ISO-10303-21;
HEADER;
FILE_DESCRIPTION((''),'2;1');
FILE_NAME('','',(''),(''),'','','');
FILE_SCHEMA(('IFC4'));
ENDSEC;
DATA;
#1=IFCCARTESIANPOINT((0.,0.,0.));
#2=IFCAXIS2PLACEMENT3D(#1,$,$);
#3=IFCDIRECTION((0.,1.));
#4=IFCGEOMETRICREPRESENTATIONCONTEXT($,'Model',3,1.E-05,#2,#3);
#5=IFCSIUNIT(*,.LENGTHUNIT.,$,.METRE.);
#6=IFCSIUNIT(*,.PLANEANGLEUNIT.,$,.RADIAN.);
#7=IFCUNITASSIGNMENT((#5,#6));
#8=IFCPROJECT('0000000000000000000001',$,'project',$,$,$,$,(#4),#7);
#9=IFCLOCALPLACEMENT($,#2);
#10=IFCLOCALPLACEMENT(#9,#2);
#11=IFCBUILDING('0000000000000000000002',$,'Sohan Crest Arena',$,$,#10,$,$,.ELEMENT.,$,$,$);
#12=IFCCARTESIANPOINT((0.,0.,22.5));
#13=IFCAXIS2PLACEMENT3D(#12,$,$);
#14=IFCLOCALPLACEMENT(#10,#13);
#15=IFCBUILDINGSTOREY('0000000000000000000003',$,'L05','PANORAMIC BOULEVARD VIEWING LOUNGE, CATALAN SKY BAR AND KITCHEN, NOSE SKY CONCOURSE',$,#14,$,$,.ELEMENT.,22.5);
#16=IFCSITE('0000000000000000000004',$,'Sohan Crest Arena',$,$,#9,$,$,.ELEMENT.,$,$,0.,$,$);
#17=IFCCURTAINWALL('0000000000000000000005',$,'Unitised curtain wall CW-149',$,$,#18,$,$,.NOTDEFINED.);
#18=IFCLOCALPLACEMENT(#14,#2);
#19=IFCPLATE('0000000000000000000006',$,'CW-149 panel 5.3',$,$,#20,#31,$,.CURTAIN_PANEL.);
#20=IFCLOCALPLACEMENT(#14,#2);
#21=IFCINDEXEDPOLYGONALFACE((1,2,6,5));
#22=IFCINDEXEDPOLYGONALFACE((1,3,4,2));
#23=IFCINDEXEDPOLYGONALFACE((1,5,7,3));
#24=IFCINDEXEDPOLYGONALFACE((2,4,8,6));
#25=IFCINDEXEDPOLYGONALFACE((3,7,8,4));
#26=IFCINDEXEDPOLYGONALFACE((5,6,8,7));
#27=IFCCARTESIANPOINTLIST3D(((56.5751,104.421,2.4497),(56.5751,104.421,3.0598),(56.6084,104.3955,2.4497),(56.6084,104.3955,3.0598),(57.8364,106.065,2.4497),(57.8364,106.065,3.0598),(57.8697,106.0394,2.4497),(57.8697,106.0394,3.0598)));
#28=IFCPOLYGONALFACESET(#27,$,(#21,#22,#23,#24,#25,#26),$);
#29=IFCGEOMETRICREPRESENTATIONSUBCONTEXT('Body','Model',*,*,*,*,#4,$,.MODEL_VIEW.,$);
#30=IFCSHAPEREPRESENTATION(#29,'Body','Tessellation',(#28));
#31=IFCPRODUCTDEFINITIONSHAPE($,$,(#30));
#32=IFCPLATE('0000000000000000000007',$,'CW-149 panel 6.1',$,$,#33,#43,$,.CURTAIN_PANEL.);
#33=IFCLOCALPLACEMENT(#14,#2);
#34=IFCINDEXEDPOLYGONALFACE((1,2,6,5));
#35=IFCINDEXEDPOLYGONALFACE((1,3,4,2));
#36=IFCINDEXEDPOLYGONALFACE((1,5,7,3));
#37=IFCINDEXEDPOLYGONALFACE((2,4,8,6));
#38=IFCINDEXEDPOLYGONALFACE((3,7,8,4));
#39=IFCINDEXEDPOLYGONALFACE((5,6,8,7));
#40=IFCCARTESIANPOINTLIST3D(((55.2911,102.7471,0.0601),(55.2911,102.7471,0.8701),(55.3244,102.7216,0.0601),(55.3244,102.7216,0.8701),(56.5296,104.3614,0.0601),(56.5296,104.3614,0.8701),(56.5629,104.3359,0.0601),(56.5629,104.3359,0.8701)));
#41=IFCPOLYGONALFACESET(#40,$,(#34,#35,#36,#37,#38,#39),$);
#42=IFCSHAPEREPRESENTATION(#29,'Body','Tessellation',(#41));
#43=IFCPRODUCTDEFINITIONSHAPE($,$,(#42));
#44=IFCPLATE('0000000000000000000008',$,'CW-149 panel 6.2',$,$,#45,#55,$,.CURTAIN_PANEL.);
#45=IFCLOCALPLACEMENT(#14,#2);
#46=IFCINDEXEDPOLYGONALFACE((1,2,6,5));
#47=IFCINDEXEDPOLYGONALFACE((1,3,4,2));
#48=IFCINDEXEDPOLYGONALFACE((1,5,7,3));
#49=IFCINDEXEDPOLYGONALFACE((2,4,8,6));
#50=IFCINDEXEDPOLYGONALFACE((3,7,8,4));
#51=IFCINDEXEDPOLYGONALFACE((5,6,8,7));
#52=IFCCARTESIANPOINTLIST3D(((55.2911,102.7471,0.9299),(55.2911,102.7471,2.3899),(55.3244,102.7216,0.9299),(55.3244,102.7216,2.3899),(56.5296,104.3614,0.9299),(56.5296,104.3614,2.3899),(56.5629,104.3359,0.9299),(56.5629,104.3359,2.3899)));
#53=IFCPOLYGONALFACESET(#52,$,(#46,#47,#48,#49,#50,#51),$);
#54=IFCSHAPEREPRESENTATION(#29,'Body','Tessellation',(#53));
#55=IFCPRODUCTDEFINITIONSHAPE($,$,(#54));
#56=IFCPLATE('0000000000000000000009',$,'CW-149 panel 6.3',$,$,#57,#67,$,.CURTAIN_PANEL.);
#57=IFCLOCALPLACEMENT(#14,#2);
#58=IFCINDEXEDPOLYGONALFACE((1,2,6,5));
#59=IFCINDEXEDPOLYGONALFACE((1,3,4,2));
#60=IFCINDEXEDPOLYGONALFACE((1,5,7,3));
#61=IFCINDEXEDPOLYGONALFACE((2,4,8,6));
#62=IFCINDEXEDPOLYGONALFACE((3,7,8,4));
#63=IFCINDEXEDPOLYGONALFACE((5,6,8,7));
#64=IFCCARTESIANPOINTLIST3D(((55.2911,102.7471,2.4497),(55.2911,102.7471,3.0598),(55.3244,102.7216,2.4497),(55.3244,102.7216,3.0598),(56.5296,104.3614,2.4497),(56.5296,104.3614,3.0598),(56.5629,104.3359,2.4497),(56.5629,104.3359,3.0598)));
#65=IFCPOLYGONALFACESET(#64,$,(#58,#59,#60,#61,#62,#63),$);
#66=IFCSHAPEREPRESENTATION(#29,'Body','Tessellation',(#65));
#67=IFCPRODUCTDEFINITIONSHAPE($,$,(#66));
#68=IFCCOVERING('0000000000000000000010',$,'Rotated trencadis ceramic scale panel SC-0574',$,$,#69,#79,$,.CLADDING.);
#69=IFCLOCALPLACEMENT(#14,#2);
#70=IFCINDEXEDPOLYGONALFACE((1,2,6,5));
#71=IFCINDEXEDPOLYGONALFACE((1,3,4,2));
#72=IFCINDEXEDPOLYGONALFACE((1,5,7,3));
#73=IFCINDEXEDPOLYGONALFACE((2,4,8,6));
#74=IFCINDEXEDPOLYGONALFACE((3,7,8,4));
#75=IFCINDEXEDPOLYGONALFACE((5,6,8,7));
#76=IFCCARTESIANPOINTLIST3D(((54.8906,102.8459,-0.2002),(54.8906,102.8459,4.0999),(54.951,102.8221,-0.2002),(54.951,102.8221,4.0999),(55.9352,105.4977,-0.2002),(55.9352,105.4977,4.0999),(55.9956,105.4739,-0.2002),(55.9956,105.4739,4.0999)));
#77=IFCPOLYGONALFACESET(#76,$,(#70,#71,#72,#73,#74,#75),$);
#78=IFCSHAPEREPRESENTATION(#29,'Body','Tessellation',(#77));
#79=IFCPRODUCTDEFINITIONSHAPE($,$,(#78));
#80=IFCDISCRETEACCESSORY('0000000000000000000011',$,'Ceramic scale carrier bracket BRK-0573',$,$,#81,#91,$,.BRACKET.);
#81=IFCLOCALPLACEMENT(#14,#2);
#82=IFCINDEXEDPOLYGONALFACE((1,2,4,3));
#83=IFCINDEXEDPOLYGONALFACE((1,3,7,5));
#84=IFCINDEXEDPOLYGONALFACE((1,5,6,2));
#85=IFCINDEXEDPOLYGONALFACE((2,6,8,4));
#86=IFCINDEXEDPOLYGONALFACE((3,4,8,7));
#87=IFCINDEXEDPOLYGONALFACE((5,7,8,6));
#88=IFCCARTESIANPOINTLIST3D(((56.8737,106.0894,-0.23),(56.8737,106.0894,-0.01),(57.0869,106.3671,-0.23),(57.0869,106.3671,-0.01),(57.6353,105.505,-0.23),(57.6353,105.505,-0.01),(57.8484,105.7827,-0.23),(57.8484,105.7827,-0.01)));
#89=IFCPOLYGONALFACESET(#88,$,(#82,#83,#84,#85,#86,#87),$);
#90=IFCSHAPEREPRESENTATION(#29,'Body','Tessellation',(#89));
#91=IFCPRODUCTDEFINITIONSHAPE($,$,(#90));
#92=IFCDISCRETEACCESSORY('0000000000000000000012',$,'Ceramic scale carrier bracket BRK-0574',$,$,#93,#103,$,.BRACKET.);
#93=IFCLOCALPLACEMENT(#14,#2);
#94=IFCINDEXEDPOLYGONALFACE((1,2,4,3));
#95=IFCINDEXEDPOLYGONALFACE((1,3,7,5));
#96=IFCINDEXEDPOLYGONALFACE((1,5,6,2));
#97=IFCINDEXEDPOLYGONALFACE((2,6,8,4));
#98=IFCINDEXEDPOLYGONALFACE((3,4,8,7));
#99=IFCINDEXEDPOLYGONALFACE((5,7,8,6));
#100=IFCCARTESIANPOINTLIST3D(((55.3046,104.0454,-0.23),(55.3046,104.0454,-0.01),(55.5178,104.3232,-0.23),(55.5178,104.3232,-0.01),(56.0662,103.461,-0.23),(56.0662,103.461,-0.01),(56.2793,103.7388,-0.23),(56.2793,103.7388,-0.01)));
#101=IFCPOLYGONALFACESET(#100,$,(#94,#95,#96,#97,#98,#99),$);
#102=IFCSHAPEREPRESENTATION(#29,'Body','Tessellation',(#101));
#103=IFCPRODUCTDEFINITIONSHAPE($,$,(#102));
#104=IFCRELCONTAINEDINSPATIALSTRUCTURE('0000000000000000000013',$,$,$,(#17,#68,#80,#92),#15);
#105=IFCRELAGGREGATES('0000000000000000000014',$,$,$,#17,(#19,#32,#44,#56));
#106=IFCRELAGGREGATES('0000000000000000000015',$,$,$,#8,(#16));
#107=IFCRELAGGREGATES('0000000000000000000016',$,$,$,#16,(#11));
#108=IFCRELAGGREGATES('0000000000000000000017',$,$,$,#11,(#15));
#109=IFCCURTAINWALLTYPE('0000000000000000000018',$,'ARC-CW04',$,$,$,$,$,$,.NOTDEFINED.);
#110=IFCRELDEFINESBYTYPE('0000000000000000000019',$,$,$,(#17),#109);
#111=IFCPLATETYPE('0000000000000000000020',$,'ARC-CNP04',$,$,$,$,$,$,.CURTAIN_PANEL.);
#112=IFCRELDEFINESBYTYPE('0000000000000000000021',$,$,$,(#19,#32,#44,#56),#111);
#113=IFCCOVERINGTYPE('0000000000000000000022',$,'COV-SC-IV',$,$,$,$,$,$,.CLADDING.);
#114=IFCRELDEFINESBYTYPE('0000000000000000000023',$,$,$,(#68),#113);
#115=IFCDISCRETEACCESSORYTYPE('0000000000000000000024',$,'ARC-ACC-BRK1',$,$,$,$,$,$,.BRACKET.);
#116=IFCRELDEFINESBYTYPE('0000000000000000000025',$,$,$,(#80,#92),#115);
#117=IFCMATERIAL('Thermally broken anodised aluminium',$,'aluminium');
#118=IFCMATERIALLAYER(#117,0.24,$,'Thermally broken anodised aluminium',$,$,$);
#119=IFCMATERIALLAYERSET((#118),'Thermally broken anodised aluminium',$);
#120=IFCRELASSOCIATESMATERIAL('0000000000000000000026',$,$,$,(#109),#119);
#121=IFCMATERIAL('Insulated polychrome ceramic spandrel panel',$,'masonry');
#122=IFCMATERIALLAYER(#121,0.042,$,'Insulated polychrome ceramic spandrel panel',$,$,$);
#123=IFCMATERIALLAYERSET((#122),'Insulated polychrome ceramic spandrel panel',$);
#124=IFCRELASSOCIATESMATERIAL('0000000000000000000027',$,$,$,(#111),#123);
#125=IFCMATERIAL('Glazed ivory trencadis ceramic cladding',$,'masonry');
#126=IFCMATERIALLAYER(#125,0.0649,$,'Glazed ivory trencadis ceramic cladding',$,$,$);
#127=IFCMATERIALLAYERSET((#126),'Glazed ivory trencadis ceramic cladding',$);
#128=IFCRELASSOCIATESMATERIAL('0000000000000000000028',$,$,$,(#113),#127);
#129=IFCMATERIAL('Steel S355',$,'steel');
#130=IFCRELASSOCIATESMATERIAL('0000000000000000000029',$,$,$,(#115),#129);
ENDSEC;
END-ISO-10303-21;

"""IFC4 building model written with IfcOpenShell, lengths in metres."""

from ifc_helpers import new_model, si_unit, direction, frame, origin, origin_2d, place, context, subcontext, project, spatial, rectangle, extrude, material, layer, layer_set, type_object, element, aggregate, save


model = new_model("IFC4")

# Units and contexts
model_context = context("Model", 3, precision=1e-05, world=origin(), true_north=direction((0.0, 1.0)))
body_context = subcontext(model_context, "Body", "Model", "MODEL_VIEW")
ifc_project = project(units=[si_unit("LENGTHUNIT", "METRE"), si_unit("PLANEANGLEUNIT", "RADIAN")], contexts=[model_context])

# Site, building, storey
site_placement = place(None, origin())
site = spatial("IfcSite", under=ifc_project, at=site_placement, Name="Sohan Crest Arena", CompositionType="ELEMENT", RefElevation=0.0)
building_placement = place(site_placement, origin())
building = spatial("IfcBuilding", under=site, at=building_placement, Name="Sohan Crest Arena", CompositionType="ELEMENT")
storey_placement = place(building_placement, frame((0.0, 0.0, 22.5)))
storey = spatial("IfcBuildingStorey", under=building, at=storey_placement, Name="L05", Description="PANORAMIC BOULEVARD VIEWING LOUNGE, CATALAN SKY BAR AND KITCHEN, NOSE SKY CONCOURSE", CompositionType="ELEMENT", Elevation=22.5)

# Shared definitions
ifc_material_1 = material(Name="Thermally broken anodised aluminium", Category="aluminium")

# Curtain wall
ifc_layer_1 = layer(ifc_material_1, 0.24, Name="Thermally broken anodised aluminium")
ifc_layer_set_1 = layer_set([ifc_layer_1], Name="Thermally broken anodised aluminium")
curtain_wall_type_1 = type_object("IfcCurtainWallType", Name="ARC-CW04", PredefinedType="NOTDEFINED", material=ifc_layer_set_1)
curtain_wall_1_placement = place(storey_placement, origin())
curtain_wall_1 = element("IfcCurtainWall", 1, at=curtain_wall_1_placement, inside=storey, type_object=curtain_wall_type_1, Name="Unitised curtain wall CW-149", PredefinedType="NOTDEFINED")

# Plates
ifc_material_2 = material(Name="Insulated polychrome ceramic spandrel panel", Category="masonry")
ifc_layer_2 = layer(ifc_material_2, 0.042, Name="Insulated polychrome ceramic spandrel panel")
ifc_layer_set_2 = layer_set([ifc_layer_2], Name="Insulated polychrome ceramic spandrel panel")
plate_type = type_object("IfcPlateType", Name="ARC-CNP04", PredefinedType="CURTAIN_PANEL", material=ifc_layer_set_2)
plate_1_placement = place(storey_placement, frame((57.2224, 105.2302, 2.4497), z_axis=(0.0, 0.0, 1.0), x_axis=(-0.60872, -0.793385, 0.0)))
plate_1 = element("IfcPlate", 2, at=plate_1_placement, type_object=plate_type, Name="CW-149 panel 5.3", PredefinedType="CURTAIN_PANEL", context=body_context, shape_type="SweptSolid", body=[
    extrude(rectangle(XDim=2.072, YDim=0.042, at=origin_2d()), origin(), (0.0, 0.0, 1.0), 0.6101),
])
plate_2_placement = place(storey_placement, frame((55.927, 103.5415, 0.0601), z_axis=(0.0, 0.0, 1.0), x_axis=(-0.60872, -0.793385, 0.0)))
plate_2 = element("IfcPlate", 3, at=plate_2_placement, type_object=plate_type, Name="CW-149 panel 6.1", PredefinedType="CURTAIN_PANEL", context=body_context, shape_type="SweptSolid", body=[
    extrude(rectangle(XDim=2.0347, YDim=0.042, at=origin_2d()), origin(), (0.0, 0.0, 1.0), 0.8101),
])
plate_3_placement = place(storey_placement, frame((55.927, 103.5415, 0.9299), z_axis=(0.0, 0.0, 1.0), x_axis=(-0.60872, -0.793385, 0.0)))
plate_3 = element("IfcPlate", 4, at=plate_3_placement, type_object=plate_type, Name="CW-149 panel 6.2", PredefinedType="CURTAIN_PANEL", context=body_context, shape_type="SweptSolid", body=[
    extrude(rectangle(XDim=2.0347, YDim=0.042, at=origin_2d()), origin(), (0.0, 0.0, 1.0), 1.46),
])
plate_4_placement = place(storey_placement, frame((55.927, 103.5415, 2.4497), z_axis=(0.0, 0.0, 1.0), x_axis=(-0.60872, -0.793385, 0.0)))
plate_4 = element("IfcPlate", 5, at=plate_4_placement, type_object=plate_type, Name="CW-149 panel 6.3", PredefinedType="CURTAIN_PANEL", context=body_context, shape_type="SweptSolid", body=[
    extrude(rectangle(XDim=2.0347, YDim=0.042, at=origin_2d()), origin(), (0.0, 0.0, 1.0), 0.6101),
])
aggregate(curtain_wall_1, [plate_1, plate_2, plate_3, plate_4])

# Covering
ifc_material_3 = material(Name="Glazed ivory trencadis ceramic cladding", Category="masonry")
ifc_layer_3 = layer(ifc_material_3, 0.0649, Name="Glazed ivory trencadis ceramic cladding")
ifc_layer_set_3 = layer_set([ifc_layer_3], Name="Glazed ivory trencadis ceramic cladding")
covering_type = type_object("IfcCoveringType", Name="COV-SC-IV", PredefinedType="CLADDING", material=ifc_layer_set_3)
covering_placement = place(storey_placement, frame((55.4431, 104.1599, -0.2002), z_axis=(0.0, 0.0, 1.0), x_axis=(-0.366501, -0.930418, 0.0)))
element("IfcCovering", 6, at=covering_placement, inside=storey, type_object=covering_type, Name="Rotated trencadis ceramic scale panel SC-0574", PredefinedType="CLADDING", context=body_context, shape_type="SweptSolid", body=[
    extrude(rectangle(XDim=2.8501, YDim=0.0649, at=origin_2d()), origin(), (0.0, 0.0, 1.0), 4.3),
])

# Discrete accessories
ifc_material_4 = material(Name="Steel S355", Category="steel")
discrete_accessory_type = type_object("IfcDiscreteAccessoryType", Name="ARC-ACC-BRK1", PredefinedType="BRACKET", material=ifc_material_4)
for number, where, z_axis, x_axis, name in (
    (7, (57.3611, 105.936, -0.23), (0.0, 0.0, 1.0), (-0.608761, -0.793353, 0.0), "Ceramic scale carrier bracket BRK-0573"),
    (8, (55.792, 103.8921, -0.23), (0.0, 0.0, 1.0), (-0.608761, -0.793353, 0.0), "Ceramic scale carrier bracket BRK-0574"),
):
    element("IfcDiscreteAccessory", number, at=place(storey_placement, frame(where, z_axis=z_axis, x_axis=x_axis)), inside=storey, type_object=discrete_accessory_type, Name=name, PredefinedType="BRACKET", context=body_context, shape_type="SweptSolid", body=[
        extrude(rectangle(XDim=0.3501, YDim=0.96, at=origin_2d()), origin(), (0.0, 0.0, 1.0), 0.22),
    ])

save(model, "model.ifc")
